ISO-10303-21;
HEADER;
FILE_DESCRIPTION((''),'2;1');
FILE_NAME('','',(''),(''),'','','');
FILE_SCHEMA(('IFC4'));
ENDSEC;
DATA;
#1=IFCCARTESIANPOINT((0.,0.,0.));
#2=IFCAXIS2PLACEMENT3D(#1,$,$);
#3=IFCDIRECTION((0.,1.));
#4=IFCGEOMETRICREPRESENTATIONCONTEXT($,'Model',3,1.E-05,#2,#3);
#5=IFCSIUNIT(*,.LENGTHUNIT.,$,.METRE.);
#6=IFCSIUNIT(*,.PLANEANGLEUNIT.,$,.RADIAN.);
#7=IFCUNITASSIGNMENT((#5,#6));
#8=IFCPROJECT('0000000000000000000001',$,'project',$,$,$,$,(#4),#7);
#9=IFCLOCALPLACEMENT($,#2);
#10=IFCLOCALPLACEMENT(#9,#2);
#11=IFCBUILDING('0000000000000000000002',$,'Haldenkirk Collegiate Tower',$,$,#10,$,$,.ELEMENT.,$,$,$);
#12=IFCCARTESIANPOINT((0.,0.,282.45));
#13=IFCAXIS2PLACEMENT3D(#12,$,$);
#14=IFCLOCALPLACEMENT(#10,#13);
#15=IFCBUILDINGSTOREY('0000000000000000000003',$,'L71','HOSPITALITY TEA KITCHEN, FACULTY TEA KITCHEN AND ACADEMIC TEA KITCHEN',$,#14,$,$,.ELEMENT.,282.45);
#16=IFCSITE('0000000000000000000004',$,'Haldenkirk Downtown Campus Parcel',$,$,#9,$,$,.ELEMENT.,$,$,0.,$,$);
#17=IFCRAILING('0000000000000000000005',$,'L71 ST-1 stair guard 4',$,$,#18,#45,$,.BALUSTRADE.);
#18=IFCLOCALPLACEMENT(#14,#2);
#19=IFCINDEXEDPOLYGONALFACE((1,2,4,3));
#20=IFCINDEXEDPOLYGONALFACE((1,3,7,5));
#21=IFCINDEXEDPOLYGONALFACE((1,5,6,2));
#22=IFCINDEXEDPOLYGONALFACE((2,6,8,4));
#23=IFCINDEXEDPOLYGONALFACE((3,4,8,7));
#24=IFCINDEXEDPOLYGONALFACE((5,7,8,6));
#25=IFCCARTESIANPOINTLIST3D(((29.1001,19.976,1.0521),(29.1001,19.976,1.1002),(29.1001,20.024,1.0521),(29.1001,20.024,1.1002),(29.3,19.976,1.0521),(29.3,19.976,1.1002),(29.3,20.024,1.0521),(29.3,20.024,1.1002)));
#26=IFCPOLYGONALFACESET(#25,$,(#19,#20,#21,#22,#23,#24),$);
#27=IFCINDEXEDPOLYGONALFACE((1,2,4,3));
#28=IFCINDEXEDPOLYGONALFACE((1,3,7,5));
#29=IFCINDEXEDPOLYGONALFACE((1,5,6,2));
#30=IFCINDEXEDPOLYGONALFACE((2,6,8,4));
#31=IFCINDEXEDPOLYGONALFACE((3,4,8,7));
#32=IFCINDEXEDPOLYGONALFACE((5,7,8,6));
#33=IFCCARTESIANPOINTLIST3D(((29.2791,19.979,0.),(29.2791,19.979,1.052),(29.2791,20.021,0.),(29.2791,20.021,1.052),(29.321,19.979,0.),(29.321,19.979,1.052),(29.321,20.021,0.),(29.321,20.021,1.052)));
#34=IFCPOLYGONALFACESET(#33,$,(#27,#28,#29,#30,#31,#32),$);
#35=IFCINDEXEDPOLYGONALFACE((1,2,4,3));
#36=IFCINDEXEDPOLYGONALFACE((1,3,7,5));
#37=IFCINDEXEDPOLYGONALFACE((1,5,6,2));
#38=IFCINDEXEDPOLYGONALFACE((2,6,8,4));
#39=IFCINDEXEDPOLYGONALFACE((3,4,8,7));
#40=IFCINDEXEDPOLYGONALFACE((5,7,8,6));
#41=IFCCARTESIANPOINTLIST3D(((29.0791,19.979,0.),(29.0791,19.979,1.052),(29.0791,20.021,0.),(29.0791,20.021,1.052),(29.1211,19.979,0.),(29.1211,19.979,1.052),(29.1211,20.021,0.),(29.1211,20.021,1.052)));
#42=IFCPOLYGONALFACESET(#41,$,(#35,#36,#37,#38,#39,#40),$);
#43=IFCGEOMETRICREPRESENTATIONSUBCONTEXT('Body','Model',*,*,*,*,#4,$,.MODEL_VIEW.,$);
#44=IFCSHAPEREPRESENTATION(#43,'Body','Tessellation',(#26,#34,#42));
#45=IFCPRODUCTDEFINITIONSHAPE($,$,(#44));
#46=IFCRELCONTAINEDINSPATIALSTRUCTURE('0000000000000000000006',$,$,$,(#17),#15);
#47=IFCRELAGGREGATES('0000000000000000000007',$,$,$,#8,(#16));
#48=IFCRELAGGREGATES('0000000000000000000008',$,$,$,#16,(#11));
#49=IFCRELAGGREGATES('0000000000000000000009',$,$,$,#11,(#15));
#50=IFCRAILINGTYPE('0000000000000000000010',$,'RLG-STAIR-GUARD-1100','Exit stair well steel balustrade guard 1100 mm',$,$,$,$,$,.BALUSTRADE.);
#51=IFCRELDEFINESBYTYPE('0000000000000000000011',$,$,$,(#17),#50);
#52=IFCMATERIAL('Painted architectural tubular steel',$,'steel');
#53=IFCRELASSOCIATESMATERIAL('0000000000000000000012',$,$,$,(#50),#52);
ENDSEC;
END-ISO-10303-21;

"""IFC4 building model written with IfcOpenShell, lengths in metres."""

from ifc_helpers import new_model, si_unit, direction, frame, origin, origin_2d, place, context, subcontext, project, spatial, rectangle, extrude, material, type_object, element, save


model = new_model("IFC4")

# Units and contexts
model_context = context("Model", 3, precision=1e-05, world=origin(), true_north=direction((0.0, 1.0)))
body_context = subcontext(model_context, "Body", "Model", "MODEL_VIEW")
ifc_project = project(units=[si_unit("LENGTHUNIT", "METRE"), si_unit("PLANEANGLEUNIT", "RADIAN")], contexts=[model_context])

# Site, building, storey
site_placement = place(None, origin())
site = spatial("IfcSite", under=ifc_project, at=site_placement, Name="Haldenkirk Downtown Campus Parcel", CompositionType="ELEMENT", RefElevation=0.0)
building_placement = place(site_placement, origin())
building = spatial("IfcBuilding", under=site, at=building_placement, Name="Haldenkirk Collegiate Tower", CompositionType="ELEMENT")
storey_placement = place(building_placement, frame((0.0, 0.0, 282.45)))
storey = spatial("IfcBuildingStorey", under=building, at=storey_placement, Name="L71", Description="HOSPITALITY TEA KITCHEN, FACULTY TEA KITCHEN AND ACADEMIC TEA KITCHEN", CompositionType="ELEMENT", Elevation=282.45)

# Railing
ifc_material_1 = material(Name="Painted architectural tubular steel", Category="steel")
railing_type = type_object("IfcRailingType", Name="RLG-STAIR-GUARD-1100", Description="Exit stair well steel balustrade guard 1100 mm", PredefinedType="BALUSTRADE", material=ifc_material_1)
railing_1_placement = place(storey_placement, frame((29.3, 20.0, 0.0)))
element("IfcRailing", 1, at=railing_1_placement, inside=storey, type_object=railing_type, Name="L71 ST-1 stair guard 4", PredefinedType="BALUSTRADE", context=body_context, shape_type="SweptSolid", body=[
    extrude(rectangle(XDim=0.0481, YDim=0.0481, at=origin_2d()), frame((0.0, 0.0, 1.0762), z_axis=(-1.0, 0.0, 0.0), x_axis=(0.0, -1.0, 0.0)), (0.0, 0.0, 1.0), 0.2),
    extrude(rectangle(XDim=0.042, YDim=0.042, at=origin_2d()), origin(), (0.0, 0.0, 1.0), 1.052),
    extrude(rectangle(XDim=0.042, YDim=0.042, at=origin_2d()), frame((-0.2, 0.0, 0.0)), (0.0, 0.0, 1.0), 1.052),
])

save(model, "model.ifc")
